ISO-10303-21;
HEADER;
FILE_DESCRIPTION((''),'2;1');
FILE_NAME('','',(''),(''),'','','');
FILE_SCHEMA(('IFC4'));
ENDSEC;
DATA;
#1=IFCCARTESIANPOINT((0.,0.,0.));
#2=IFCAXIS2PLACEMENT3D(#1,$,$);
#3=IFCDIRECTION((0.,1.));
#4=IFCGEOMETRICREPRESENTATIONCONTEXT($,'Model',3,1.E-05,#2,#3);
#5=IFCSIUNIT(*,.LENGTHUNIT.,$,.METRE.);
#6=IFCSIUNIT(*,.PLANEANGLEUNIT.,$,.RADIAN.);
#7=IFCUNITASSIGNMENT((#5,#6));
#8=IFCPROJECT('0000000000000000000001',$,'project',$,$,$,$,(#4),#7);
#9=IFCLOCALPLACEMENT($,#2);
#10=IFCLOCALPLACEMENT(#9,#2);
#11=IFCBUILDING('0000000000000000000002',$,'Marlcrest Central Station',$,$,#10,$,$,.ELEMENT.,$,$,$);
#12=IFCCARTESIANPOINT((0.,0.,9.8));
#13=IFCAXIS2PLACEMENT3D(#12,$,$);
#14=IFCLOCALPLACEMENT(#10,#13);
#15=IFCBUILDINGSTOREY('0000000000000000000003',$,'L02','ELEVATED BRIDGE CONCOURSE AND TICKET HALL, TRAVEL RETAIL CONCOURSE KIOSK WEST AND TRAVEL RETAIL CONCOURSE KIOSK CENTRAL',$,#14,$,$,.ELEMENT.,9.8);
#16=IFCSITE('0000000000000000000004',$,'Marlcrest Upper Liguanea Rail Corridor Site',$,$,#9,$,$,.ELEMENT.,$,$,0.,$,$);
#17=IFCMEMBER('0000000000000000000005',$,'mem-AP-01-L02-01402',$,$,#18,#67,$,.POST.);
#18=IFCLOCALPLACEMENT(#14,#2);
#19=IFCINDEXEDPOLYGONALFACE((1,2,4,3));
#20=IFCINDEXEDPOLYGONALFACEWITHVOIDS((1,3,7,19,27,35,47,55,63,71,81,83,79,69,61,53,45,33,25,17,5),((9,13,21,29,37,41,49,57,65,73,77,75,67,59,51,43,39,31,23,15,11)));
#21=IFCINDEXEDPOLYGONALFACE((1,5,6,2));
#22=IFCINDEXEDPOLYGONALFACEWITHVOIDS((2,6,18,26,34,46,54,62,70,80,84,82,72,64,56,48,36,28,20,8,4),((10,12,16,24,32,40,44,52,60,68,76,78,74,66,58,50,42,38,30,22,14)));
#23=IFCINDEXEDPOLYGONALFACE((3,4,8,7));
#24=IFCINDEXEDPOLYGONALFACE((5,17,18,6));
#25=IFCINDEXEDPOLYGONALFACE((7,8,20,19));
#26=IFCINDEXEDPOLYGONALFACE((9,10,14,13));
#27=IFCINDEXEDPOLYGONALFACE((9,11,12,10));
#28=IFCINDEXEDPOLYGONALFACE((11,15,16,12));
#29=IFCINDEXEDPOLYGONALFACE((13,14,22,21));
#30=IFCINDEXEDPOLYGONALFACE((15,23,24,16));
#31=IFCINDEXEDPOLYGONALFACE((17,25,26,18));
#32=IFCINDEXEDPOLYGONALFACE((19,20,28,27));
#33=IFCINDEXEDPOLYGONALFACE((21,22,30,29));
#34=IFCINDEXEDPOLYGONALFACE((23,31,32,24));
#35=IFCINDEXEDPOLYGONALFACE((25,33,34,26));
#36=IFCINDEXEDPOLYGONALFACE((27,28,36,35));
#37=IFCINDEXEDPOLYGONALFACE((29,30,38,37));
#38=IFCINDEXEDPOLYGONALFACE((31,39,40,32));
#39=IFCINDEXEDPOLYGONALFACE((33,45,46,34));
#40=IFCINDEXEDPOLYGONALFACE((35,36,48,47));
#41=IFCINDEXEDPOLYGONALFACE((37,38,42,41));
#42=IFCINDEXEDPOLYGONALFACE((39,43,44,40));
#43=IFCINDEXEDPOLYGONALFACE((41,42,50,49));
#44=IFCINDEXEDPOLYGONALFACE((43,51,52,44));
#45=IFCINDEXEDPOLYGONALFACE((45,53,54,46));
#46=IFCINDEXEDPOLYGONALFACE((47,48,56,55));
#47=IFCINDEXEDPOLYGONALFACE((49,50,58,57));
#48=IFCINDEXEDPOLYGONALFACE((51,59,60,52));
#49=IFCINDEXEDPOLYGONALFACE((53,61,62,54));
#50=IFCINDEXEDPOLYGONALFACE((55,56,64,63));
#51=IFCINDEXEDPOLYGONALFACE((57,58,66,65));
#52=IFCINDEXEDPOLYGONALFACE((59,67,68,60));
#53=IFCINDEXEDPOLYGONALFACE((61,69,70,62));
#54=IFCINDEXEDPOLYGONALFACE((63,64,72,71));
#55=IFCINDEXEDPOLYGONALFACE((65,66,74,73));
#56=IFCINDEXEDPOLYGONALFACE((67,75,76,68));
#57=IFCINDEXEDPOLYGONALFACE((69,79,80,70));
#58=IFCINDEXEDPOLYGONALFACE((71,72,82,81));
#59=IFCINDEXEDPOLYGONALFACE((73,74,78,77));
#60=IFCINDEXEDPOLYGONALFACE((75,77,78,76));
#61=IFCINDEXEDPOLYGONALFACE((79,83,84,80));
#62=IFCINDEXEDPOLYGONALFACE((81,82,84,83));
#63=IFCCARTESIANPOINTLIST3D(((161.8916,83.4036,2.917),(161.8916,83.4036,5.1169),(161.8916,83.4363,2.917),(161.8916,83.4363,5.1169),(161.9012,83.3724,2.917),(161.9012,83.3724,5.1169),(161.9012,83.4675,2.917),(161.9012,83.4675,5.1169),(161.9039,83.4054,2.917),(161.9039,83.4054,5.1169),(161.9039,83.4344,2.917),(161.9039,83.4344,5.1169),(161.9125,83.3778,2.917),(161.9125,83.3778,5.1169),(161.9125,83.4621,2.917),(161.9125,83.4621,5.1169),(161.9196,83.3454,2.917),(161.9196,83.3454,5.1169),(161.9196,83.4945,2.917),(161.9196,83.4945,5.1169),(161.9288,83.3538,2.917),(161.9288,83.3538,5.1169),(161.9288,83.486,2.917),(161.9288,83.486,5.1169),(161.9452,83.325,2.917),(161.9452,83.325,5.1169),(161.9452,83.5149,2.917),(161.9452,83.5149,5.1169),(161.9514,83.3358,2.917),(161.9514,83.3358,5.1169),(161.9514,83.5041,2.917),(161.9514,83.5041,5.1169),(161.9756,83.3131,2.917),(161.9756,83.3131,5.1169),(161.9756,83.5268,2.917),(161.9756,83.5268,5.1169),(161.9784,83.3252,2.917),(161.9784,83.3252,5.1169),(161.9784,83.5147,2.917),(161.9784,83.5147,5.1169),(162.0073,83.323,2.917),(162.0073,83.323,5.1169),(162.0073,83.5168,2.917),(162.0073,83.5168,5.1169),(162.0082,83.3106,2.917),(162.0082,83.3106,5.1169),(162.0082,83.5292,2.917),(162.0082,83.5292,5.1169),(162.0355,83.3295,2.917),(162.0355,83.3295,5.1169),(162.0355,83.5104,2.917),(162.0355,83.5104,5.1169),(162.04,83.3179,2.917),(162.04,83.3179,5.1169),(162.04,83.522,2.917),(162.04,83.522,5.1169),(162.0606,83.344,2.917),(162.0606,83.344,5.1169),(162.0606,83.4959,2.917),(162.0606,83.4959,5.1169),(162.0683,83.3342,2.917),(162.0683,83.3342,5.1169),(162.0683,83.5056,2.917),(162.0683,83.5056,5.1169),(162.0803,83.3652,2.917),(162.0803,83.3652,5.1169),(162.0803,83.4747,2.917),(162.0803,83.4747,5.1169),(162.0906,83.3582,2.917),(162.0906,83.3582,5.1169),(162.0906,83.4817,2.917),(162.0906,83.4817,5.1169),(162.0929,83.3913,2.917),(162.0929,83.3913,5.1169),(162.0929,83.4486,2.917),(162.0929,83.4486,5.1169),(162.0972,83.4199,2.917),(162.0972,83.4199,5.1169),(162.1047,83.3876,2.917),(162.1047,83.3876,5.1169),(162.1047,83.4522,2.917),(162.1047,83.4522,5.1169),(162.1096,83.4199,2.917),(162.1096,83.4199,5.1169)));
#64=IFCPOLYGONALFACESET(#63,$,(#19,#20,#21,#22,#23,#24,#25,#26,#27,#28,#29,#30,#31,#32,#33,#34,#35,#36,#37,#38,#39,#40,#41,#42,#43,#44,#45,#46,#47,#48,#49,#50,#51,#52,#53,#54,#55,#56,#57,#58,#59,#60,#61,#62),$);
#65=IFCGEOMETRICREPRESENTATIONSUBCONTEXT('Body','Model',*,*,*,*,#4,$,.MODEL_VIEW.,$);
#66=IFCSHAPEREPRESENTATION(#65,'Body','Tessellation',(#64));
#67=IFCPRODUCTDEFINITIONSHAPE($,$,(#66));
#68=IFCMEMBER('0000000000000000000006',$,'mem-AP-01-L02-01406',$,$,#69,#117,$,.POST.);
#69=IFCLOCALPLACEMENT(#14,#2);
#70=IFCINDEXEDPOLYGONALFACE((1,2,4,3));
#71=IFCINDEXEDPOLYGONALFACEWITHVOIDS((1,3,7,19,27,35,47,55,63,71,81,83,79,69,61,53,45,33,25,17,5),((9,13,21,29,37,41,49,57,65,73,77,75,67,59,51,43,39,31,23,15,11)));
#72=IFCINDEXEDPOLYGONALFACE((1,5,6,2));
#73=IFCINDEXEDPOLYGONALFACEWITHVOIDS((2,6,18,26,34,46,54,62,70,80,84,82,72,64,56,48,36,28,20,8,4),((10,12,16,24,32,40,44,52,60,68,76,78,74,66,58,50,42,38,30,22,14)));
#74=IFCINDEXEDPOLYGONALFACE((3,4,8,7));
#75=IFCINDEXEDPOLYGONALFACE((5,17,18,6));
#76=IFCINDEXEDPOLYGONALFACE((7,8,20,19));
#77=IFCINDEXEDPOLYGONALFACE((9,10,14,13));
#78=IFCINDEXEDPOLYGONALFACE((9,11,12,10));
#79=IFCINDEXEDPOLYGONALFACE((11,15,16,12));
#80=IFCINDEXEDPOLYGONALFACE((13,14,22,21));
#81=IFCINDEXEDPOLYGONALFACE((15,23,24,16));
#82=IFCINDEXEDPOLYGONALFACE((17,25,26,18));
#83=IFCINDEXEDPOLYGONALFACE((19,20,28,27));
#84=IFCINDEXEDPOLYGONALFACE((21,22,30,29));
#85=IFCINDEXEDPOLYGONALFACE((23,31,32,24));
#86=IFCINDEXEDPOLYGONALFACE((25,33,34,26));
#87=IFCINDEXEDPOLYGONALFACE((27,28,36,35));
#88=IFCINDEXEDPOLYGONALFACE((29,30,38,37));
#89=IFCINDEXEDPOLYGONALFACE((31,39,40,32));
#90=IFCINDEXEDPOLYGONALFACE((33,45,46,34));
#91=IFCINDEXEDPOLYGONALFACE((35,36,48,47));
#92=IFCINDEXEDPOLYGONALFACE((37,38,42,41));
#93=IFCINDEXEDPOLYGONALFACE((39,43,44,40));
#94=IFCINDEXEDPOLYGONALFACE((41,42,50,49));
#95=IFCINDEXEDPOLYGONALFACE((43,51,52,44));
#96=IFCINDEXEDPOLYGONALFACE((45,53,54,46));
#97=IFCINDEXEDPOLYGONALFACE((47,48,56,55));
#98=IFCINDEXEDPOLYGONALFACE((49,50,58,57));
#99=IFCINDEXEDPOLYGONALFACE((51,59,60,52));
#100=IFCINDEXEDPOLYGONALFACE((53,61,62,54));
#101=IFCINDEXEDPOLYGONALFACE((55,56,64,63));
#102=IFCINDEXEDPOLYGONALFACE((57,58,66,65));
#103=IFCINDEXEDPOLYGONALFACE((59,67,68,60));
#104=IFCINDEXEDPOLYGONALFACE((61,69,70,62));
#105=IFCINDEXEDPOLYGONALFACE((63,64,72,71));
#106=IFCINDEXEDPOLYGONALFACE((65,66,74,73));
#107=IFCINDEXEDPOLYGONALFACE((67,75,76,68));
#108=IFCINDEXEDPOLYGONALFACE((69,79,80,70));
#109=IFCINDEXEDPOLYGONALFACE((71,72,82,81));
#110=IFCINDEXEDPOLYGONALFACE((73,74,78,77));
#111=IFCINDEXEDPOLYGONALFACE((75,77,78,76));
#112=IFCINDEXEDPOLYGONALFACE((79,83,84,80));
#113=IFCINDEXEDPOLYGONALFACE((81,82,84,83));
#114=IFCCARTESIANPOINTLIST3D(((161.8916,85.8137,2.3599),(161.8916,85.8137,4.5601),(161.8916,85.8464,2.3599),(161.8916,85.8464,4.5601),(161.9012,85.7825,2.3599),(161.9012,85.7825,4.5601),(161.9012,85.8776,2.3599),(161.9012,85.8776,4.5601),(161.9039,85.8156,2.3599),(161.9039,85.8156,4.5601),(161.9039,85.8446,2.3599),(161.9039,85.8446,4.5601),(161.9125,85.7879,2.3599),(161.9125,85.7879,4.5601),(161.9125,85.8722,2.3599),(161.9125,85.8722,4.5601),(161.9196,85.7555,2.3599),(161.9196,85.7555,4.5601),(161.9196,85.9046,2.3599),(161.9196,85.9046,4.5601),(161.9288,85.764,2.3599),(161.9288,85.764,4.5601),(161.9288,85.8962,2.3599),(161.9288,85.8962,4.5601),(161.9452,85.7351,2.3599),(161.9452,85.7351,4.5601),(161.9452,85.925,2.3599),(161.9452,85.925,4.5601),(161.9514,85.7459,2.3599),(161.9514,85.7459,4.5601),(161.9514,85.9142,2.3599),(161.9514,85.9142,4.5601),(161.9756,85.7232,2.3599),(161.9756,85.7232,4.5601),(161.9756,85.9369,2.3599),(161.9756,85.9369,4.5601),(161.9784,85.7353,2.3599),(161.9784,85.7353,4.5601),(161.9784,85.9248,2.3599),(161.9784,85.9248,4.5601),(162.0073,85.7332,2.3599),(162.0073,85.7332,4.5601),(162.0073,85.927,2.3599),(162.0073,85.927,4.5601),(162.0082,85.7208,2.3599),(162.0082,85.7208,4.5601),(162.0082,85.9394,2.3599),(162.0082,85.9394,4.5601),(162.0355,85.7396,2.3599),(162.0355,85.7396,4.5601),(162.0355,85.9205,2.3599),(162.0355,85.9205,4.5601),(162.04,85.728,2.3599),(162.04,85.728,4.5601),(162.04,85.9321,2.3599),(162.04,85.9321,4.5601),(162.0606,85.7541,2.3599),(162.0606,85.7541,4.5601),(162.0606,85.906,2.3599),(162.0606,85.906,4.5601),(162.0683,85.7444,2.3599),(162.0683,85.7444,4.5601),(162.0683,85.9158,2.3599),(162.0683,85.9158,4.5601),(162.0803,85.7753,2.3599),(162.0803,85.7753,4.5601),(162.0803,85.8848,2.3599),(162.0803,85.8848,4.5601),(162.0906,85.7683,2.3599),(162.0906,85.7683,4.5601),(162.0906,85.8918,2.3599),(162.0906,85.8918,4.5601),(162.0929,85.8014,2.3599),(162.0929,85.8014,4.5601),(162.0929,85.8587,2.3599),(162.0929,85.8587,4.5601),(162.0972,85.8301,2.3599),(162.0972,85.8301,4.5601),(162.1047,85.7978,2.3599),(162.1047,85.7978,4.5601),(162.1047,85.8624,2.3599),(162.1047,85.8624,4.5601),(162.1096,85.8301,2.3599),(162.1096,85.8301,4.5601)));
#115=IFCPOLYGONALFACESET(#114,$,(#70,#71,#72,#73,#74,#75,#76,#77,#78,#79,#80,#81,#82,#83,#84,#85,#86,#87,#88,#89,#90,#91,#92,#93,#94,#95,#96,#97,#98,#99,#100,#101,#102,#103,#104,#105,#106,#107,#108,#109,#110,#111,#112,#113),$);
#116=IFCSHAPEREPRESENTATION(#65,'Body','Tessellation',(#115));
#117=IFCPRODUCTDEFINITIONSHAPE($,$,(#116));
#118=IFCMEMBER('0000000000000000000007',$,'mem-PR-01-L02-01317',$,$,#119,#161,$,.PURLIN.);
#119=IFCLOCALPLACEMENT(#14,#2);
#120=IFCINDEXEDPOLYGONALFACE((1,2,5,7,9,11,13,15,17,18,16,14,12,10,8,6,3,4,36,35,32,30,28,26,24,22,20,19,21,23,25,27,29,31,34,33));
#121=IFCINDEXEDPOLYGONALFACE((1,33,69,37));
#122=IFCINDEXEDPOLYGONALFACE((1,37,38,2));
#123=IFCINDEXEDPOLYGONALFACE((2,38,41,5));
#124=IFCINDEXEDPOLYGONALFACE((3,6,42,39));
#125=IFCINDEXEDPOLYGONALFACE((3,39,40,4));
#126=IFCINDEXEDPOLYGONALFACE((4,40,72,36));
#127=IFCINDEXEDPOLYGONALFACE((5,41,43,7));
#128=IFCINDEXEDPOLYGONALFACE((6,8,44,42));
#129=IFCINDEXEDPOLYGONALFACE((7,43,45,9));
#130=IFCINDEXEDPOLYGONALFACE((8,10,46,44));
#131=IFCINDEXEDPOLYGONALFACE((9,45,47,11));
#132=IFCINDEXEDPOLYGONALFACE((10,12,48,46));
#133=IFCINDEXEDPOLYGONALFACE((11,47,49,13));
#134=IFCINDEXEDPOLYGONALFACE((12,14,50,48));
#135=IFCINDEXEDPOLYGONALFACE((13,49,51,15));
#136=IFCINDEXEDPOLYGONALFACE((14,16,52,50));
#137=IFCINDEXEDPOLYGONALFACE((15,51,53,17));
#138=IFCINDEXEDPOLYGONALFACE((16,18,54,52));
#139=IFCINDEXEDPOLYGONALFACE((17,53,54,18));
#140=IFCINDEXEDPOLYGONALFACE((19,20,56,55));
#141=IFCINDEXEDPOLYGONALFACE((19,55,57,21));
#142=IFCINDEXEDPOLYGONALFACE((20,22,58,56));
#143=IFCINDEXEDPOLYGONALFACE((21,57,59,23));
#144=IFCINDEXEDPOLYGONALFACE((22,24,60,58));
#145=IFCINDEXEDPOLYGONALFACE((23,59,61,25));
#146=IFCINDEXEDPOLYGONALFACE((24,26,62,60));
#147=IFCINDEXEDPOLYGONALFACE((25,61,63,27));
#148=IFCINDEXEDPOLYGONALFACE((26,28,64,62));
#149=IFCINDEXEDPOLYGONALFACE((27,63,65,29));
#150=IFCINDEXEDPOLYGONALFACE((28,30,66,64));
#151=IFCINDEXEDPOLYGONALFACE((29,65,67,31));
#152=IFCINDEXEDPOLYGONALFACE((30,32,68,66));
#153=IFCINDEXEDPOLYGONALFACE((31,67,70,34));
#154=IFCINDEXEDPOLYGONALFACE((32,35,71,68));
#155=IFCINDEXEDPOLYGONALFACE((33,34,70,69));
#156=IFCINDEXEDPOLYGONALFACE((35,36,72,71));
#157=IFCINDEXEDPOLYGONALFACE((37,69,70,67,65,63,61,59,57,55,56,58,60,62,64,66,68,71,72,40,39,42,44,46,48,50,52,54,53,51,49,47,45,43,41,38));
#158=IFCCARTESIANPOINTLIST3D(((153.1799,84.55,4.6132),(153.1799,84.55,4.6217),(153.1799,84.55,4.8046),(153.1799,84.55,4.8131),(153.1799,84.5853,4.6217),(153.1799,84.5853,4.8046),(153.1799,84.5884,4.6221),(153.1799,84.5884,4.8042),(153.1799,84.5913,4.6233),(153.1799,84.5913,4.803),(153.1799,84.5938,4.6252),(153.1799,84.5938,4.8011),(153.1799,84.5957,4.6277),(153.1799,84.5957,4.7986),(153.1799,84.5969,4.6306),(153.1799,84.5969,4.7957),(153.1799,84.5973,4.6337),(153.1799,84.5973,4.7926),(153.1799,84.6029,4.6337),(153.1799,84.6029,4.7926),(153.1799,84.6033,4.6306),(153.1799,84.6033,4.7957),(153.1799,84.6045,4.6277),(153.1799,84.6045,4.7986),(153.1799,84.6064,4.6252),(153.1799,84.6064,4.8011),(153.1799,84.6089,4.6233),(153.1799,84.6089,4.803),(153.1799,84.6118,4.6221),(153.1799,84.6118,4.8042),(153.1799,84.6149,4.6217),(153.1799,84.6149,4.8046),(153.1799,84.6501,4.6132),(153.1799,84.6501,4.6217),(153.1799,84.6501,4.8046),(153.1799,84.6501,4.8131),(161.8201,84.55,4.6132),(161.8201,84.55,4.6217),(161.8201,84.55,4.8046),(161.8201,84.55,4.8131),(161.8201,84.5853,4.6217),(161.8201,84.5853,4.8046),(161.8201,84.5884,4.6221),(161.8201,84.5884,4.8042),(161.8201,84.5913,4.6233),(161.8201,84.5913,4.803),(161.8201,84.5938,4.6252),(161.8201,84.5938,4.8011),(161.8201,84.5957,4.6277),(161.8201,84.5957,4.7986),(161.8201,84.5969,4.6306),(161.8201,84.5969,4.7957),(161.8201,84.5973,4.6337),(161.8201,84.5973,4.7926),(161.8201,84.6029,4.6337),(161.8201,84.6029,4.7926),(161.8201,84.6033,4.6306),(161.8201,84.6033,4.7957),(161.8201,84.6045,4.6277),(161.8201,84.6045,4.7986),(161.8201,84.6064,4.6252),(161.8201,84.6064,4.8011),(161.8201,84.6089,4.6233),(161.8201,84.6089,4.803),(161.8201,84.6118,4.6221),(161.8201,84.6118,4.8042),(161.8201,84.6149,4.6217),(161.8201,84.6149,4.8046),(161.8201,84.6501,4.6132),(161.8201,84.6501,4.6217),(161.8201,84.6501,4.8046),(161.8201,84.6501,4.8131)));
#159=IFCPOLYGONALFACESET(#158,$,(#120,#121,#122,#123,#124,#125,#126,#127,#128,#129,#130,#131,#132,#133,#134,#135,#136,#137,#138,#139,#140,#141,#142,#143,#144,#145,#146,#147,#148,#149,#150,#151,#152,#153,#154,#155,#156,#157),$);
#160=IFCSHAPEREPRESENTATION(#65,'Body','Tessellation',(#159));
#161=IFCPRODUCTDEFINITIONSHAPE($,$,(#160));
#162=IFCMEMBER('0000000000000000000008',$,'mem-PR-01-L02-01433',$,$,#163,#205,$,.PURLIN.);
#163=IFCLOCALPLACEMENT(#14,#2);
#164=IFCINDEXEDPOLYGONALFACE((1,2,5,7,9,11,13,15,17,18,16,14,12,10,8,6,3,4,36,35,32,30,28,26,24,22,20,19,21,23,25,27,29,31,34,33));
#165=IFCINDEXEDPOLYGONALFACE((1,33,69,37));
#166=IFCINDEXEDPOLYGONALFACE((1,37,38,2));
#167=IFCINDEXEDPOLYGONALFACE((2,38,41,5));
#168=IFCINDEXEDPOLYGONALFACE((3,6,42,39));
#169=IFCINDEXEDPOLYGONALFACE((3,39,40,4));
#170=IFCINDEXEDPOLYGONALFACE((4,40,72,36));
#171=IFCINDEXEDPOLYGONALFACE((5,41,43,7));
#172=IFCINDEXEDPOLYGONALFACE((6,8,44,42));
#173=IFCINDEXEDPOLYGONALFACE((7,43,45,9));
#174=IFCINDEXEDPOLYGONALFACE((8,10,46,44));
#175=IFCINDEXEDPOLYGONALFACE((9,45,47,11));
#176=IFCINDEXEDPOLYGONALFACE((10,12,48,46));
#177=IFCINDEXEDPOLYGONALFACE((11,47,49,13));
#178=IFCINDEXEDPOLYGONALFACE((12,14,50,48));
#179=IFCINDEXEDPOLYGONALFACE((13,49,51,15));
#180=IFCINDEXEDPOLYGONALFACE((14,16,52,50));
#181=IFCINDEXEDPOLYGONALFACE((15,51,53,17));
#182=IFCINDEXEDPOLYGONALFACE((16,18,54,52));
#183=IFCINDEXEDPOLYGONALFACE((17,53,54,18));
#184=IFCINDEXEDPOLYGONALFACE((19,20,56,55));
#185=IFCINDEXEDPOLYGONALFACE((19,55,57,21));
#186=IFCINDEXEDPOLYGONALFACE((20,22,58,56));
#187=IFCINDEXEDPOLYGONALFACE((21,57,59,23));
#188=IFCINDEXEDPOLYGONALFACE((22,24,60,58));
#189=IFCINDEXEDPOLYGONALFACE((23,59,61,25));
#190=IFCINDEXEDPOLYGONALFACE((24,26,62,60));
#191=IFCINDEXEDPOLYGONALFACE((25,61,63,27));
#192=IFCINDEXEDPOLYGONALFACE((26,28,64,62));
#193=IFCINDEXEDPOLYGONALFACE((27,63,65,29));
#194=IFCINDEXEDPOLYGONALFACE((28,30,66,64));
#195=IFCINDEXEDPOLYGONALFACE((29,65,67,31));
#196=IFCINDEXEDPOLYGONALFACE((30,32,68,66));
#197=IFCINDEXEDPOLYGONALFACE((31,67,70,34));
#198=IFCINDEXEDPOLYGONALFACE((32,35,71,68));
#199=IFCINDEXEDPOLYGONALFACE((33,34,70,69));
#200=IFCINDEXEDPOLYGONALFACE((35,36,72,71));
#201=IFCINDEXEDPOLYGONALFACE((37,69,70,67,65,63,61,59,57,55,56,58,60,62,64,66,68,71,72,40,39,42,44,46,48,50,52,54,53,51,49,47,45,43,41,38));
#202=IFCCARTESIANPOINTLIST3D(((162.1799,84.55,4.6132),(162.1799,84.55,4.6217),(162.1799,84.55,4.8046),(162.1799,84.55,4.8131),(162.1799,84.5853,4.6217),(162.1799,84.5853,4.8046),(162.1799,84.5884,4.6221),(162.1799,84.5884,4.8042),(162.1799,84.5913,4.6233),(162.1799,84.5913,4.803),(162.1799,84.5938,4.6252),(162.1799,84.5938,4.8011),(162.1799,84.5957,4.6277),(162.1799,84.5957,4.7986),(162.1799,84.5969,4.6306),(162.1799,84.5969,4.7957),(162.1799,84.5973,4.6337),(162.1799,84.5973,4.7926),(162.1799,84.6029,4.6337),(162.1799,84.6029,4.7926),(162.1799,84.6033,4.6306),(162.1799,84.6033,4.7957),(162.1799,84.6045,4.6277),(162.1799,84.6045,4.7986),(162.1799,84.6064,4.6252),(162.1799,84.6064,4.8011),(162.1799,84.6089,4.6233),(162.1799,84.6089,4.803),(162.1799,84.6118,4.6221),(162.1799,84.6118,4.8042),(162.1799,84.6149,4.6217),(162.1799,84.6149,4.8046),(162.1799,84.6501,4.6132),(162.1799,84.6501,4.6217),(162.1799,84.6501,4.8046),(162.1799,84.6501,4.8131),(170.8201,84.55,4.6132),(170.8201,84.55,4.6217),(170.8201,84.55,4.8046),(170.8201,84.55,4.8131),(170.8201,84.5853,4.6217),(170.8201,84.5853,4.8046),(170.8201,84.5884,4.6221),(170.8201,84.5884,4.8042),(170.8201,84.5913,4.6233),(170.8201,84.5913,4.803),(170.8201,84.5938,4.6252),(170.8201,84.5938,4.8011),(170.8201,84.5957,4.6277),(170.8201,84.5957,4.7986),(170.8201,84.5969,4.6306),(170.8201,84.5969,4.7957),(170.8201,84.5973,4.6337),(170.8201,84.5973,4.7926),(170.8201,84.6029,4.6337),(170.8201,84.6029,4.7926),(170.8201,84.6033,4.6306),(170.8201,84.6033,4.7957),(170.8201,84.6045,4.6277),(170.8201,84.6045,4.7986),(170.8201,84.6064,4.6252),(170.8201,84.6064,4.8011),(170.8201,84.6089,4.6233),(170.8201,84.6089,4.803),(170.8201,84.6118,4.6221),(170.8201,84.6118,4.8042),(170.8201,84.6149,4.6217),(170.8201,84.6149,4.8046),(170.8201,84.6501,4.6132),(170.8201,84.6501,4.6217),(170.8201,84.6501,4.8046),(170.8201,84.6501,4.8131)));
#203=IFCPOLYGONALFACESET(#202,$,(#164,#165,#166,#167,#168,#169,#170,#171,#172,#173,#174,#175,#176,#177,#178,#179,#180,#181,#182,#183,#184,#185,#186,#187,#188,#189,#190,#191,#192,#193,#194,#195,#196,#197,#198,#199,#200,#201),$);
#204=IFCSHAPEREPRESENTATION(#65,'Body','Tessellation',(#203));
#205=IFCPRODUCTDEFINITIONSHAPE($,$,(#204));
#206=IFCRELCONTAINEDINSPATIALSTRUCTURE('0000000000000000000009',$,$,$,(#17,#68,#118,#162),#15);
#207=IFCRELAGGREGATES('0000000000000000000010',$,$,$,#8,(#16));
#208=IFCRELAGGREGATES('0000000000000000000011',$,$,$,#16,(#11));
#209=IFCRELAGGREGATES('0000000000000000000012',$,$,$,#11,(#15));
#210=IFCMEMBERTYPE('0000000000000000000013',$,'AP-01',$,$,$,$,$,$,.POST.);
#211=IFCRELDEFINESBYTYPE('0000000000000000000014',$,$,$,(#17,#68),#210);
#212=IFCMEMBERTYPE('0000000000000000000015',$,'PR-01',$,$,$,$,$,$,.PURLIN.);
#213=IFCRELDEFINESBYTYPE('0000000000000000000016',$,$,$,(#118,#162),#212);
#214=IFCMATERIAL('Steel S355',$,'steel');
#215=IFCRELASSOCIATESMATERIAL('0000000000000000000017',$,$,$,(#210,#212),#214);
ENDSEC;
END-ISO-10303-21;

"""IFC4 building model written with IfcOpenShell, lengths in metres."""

from ifc_helpers import new_model, si_unit, direction, frame, origin, origin_2d, place, context, subcontext, project, spatial, hollow_circle, i_section, extrude, material, material_profile, profile_set, type_object, element, save


model = new_model("IFC4")

# Units and contexts
model_context = context("Model", 3, precision=1e-05, world=origin(), true_north=direction((0.0, 1.0)))
body_context = subcontext(model_context, "Body", "Model", "MODEL_VIEW")
ifc_project = project(units=[si_unit("LENGTHUNIT", "METRE"), si_unit("PLANEANGLEUNIT", "RADIAN")], contexts=[model_context])

# Site, building, storey
site_placement = place(None, origin())
site = spatial("IfcSite", under=ifc_project, at=site_placement, Name="Marlcrest Upper Liguanea Rail Corridor Site", CompositionType="ELEMENT", RefElevation=0.0)
building_placement = place(site_placement, origin())
building = spatial("IfcBuilding", under=site, at=building_placement, Name="Marlcrest Central Station", CompositionType="ELEMENT")
storey_placement = place(building_placement, frame((0.0, 0.0, 9.8)))
storey = spatial("IfcBuildingStorey", under=building, at=storey_placement, Name="L02", Description="ELEVATED BRIDGE CONCOURSE AND TICKET HALL, TRAVEL RETAIL CONCOURSE KIOSK WEST AND TRAVEL RETAIL CONCOURSE KIOSK CENTRAL", CompositionType="ELEMENT", Elevation=9.8)

# Members
ifc_material_1 = material(Name="Steel S355", Category="steel")
ifc_material_profile_1 = material_profile(ifc_material_1, hollow_circle(Radius=0.1096, WallThickness=0.0125, at=origin_2d()), Name="CHS 219.1x12.5")
ifc_profile_set_1 = profile_set([ifc_material_profile_1], Name="Steel S355")
member_type_1 = type_object("IfcMemberType", Name="AP-01", PredefinedType="POST", material=ifc_profile_set_1)
member_1_placement = place(storey_placement, frame((162.0, 83.4199, 2.917), z_axis=(0.0, 0.0, 1.0), x_axis=(1.0, 0.0, 0.0)))
element("IfcMember", 1, at=member_1_placement, inside=storey, type_object=member_type_1, Name="mem-AP-01-L02-01402", PredefinedType="POST", context=body_context, shape_type="SweptSolid", body=[
    extrude(hollow_circle(Radius=0.1096, WallThickness=0.0125, at=origin_2d()), origin(), (0.0, 0.0, 1.0), 2.2),
])
member_2_placement = place(storey_placement, frame((162.0, 85.8301, 2.3599), z_axis=(0.0, 0.0, 1.0), x_axis=(1.0, 0.0, 0.0)))
element("IfcMember", 2, at=member_2_placement, inside=storey, type_object=member_type_1, Name="mem-AP-01-L02-01406", PredefinedType="POST", context=body_context, shape_type="SweptSolid", body=[
    extrude(hollow_circle(Radius=0.1096, WallThickness=0.0125, at=origin_2d()), origin(), (0.0, 0.0, 1.0), 2.2002),
])
ifc_material_profile_2 = material_profile(ifc_material_1, i_section(OverallWidth=0.1001, OverallDepth=0.2, WebThickness=0.0056, FlangeThickness=0.0085, FilletRadius=0.012, at=origin_2d()), Name="IPE 200")
ifc_profile_set_2 = profile_set([ifc_material_profile_2], Name="Steel S355")
member_type_2 = type_object("IfcMemberType", Name="PR-01", PredefinedType="PURLIN", material=ifc_profile_set_2)
for number, where, z_axis, x_axis, name in (
    (3, (153.1799, 84.6001, 4.7131), (1.0, 0.0, 0.0), (0.0, 1.0, 0.0), "mem-PR-01-L02-01317"),
    (4, (162.1799, 84.6001, 4.7131), (1.0, 0.0, 0.0), (0.0, 1.0, 0.0), "mem-PR-01-L02-01433"),
):
    element("IfcMember", number, at=place(storey_placement, frame(where, z_axis=z_axis, x_axis=x_axis)), inside=storey, type_object=member_type_2, Name=name, PredefinedType="PURLIN", context=body_context, shape_type="SweptSolid", body=[
        extrude(i_section(OverallWidth=0.1001, OverallDepth=0.2, WebThickness=0.0056, FlangeThickness=0.0085, FilletRadius=0.012, at=origin_2d()), origin(), (0.0, 0.0, 1.0), 8.6401),
    ])

save(model, "model.ifc")
